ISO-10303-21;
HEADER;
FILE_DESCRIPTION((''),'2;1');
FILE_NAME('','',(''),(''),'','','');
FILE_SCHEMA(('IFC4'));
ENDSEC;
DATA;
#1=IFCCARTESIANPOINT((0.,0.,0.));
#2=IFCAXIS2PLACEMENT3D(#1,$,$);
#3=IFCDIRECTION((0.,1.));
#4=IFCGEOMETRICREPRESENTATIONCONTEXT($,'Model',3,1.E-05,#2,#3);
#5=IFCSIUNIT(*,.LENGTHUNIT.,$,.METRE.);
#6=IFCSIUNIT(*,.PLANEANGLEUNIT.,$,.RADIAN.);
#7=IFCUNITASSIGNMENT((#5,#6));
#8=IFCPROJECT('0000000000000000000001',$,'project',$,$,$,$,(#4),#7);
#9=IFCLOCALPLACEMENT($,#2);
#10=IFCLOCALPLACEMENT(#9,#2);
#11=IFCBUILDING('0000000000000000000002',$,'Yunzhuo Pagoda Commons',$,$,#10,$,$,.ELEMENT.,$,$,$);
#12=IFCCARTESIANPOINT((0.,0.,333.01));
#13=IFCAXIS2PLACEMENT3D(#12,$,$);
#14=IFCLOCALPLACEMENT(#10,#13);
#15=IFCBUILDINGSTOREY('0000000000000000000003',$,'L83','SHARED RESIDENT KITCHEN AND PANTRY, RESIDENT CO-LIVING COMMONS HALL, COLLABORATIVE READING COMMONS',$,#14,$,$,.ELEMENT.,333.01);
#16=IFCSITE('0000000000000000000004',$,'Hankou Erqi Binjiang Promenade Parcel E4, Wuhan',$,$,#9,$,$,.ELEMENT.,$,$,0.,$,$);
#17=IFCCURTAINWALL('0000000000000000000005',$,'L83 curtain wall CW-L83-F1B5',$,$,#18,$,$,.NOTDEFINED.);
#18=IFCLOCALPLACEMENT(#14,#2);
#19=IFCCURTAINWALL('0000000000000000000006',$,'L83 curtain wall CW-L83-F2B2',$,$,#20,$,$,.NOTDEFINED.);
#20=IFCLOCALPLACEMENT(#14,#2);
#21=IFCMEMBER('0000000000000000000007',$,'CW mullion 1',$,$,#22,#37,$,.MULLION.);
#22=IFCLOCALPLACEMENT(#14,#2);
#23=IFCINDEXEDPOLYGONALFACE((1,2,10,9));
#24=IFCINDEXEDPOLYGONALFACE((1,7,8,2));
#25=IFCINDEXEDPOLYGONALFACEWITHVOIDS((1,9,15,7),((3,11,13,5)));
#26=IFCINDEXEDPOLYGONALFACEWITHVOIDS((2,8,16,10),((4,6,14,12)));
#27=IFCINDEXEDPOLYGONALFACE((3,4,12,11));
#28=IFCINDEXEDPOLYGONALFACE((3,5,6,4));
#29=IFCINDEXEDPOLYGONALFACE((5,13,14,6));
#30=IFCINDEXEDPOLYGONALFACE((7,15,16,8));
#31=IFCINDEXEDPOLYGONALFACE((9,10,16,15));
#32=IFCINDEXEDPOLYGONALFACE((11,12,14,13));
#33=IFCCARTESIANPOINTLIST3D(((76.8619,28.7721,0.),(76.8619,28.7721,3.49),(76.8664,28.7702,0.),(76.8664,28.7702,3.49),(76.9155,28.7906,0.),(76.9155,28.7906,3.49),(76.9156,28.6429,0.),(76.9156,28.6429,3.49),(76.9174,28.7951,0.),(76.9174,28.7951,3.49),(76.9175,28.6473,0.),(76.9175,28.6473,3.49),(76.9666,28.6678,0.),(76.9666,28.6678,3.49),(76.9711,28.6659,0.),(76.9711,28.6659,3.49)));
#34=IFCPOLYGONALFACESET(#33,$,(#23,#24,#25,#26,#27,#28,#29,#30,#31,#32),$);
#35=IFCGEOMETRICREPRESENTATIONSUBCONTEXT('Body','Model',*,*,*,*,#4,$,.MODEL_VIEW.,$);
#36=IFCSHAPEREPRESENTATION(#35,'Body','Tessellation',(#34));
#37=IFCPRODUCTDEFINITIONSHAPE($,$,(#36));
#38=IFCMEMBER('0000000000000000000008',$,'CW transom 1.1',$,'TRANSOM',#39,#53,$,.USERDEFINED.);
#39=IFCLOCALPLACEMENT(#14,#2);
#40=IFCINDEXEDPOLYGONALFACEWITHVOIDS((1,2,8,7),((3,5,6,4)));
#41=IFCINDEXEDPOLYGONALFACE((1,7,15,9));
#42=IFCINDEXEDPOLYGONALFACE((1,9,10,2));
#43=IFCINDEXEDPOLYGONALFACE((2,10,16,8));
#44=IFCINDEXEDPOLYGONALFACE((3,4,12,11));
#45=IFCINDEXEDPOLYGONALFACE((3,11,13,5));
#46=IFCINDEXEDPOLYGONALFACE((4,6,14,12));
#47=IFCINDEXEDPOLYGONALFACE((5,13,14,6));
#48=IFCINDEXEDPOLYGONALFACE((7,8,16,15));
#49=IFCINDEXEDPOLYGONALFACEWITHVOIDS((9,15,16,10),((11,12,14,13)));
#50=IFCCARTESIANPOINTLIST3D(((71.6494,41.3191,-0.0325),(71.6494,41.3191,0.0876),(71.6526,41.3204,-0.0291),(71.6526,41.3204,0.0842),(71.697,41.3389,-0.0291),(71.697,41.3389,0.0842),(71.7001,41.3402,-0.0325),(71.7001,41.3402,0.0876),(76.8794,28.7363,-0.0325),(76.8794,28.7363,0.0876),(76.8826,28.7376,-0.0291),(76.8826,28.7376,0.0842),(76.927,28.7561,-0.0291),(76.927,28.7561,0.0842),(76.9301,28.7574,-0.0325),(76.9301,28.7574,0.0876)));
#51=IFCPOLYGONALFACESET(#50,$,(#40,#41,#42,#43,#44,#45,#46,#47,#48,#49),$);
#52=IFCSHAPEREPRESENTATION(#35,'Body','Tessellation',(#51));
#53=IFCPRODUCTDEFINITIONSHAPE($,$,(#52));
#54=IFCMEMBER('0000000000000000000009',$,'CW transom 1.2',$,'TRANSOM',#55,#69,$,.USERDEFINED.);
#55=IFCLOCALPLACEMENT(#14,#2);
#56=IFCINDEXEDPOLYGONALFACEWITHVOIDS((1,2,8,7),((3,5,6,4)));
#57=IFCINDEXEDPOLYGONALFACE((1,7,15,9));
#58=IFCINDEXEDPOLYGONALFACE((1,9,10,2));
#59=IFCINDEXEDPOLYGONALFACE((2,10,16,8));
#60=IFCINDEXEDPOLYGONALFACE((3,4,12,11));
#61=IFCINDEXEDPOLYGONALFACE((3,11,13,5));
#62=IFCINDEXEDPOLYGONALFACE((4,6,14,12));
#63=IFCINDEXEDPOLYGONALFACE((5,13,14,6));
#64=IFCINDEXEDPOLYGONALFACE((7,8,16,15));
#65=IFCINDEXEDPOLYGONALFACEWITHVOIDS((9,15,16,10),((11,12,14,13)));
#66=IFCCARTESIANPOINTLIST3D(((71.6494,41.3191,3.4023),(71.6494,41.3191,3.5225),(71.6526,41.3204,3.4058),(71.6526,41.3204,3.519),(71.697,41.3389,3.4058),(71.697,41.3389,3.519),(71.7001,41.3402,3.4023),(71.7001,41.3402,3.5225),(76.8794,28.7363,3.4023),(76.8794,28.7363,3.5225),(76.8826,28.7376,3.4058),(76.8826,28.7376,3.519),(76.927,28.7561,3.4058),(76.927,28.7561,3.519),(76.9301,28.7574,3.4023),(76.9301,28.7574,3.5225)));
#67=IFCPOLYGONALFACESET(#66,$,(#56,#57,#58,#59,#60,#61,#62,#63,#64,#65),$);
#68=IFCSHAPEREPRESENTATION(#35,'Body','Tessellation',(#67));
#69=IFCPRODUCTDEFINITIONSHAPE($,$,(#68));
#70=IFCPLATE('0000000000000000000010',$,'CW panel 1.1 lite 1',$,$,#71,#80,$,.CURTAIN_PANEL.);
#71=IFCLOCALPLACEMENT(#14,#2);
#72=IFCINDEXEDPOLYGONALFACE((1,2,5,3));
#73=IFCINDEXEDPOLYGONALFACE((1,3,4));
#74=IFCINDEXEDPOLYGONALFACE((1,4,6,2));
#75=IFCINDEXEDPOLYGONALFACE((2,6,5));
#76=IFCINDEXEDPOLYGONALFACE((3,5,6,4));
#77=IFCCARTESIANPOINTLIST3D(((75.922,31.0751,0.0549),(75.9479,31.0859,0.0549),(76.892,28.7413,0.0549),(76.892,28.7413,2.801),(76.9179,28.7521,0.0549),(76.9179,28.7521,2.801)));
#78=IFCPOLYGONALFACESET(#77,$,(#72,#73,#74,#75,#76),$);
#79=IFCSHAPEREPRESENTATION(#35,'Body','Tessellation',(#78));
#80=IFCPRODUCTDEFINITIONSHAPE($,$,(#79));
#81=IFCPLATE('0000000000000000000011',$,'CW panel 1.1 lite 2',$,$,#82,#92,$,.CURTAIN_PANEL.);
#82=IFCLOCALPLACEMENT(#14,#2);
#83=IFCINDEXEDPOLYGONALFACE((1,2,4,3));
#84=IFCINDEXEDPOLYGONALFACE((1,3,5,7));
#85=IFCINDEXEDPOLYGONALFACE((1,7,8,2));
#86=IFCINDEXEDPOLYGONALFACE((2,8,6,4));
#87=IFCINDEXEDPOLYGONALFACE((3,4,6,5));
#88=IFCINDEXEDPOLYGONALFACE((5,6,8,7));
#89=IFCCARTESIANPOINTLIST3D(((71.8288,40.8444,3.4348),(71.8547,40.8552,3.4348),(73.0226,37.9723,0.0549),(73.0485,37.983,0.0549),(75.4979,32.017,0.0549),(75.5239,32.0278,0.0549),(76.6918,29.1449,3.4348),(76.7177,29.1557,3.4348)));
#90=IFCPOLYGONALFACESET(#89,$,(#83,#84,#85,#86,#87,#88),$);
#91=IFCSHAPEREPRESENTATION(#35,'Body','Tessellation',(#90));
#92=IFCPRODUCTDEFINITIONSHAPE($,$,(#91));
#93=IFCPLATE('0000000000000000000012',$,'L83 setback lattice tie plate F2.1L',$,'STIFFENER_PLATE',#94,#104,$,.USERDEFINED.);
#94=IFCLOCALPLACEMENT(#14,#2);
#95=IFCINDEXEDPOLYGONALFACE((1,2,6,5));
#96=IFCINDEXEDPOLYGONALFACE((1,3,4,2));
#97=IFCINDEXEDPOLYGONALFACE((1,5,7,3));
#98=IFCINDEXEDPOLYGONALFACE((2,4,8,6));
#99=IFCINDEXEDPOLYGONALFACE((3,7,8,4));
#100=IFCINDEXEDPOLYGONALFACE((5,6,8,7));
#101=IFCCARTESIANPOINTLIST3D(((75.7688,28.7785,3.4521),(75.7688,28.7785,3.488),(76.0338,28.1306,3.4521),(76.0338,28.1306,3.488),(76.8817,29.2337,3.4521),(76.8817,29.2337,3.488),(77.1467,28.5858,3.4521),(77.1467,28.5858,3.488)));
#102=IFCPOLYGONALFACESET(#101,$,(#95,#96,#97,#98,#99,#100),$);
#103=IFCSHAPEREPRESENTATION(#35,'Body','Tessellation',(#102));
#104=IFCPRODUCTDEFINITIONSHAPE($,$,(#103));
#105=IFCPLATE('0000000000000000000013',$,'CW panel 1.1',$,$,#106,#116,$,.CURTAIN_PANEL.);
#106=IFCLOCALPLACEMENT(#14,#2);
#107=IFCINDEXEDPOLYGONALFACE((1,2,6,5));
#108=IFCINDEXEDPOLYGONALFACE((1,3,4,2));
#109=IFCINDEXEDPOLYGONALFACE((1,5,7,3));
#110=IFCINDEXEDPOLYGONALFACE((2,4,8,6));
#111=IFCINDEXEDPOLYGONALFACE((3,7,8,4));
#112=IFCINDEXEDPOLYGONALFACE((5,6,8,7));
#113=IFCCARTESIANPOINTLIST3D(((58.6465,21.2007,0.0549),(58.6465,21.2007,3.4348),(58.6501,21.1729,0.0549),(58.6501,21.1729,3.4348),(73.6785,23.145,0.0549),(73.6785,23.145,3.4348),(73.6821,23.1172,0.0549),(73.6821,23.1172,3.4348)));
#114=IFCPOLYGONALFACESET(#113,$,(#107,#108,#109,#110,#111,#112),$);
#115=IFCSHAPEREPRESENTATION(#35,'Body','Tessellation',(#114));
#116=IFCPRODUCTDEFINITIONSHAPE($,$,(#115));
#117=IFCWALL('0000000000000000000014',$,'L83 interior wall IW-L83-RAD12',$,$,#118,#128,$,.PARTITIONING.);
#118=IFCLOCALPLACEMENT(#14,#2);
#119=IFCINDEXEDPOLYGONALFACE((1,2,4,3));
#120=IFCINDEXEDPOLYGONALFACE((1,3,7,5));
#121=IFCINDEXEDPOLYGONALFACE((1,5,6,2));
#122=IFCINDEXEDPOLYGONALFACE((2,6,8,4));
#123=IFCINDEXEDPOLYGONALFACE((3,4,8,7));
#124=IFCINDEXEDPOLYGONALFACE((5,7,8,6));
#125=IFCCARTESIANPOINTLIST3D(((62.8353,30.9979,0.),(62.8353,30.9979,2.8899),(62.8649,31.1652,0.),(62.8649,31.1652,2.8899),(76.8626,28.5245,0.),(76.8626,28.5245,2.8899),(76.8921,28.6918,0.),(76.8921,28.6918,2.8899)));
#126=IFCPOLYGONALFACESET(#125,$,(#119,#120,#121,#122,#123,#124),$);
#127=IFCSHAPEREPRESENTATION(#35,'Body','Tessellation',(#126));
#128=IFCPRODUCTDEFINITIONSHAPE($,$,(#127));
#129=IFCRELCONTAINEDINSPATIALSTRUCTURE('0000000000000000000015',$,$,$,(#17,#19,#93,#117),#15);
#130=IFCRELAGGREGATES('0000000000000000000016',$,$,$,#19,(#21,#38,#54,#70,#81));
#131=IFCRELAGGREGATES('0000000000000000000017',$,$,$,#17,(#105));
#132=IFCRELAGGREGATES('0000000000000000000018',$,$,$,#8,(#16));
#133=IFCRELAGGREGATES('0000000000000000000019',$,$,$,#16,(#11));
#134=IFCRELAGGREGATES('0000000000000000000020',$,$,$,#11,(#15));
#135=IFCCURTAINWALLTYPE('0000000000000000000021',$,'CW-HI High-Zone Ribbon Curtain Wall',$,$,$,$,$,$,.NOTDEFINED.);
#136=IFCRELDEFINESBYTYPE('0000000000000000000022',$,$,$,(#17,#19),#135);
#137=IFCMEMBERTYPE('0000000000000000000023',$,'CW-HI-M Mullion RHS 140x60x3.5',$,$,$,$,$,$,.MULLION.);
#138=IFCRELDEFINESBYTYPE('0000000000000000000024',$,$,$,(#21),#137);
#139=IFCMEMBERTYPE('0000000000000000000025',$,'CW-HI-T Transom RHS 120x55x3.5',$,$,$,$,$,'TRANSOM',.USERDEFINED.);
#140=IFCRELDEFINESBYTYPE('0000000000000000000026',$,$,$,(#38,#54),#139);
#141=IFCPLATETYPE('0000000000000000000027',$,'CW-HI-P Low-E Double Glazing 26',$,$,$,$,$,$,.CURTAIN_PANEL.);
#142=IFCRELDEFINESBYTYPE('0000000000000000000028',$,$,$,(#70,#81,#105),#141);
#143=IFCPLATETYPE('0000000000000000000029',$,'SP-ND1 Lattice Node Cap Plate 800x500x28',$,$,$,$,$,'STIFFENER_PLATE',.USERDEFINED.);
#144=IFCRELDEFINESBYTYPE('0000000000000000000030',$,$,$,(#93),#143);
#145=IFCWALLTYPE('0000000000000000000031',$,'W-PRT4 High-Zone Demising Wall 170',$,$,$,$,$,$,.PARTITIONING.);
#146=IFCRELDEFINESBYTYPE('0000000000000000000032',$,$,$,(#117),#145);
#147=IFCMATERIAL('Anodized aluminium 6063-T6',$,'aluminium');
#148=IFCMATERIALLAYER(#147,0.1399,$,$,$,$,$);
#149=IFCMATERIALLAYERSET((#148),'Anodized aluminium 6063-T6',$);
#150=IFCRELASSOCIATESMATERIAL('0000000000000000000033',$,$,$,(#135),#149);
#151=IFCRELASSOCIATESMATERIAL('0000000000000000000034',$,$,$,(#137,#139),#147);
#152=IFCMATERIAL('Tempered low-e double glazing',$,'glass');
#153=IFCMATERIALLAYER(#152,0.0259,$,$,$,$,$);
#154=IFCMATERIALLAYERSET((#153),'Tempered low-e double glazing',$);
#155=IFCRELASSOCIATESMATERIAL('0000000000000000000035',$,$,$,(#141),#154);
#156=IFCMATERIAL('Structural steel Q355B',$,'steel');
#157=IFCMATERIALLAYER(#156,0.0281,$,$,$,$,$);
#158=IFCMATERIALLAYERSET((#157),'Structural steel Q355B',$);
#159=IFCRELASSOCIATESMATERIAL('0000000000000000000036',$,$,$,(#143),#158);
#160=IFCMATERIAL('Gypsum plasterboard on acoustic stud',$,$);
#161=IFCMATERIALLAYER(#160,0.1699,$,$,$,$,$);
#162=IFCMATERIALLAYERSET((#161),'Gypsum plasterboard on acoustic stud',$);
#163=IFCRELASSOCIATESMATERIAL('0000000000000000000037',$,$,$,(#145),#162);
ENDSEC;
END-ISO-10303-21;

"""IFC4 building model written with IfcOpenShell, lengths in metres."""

from ifc_helpers import new_model, si_unit, direction, frame, frame_2d, origin, origin_2d, place, context, subcontext, project, spatial, polyline, rectangle, hollow_rectangle, outline, extrude, source, transform, mapped, material, layer, layer_set, material_profile, profile_set, type_object, element, aggregate, save


model = new_model("IFC4")

# Units and contexts
model_context = context("Model", 3, precision=1e-05, world=origin(), true_north=direction((0.0, 1.0)))
body_context = subcontext(model_context, "Body", "Model", "MODEL_VIEW")
ifc_project = project(units=[si_unit("LENGTHUNIT", "METRE"), si_unit("PLANEANGLEUNIT", "RADIAN")], contexts=[model_context])

# Site, building, storey
site_placement = place(None, origin())
site = spatial("IfcSite", under=ifc_project, at=site_placement, Name="Hankou Erqi Binjiang Promenade Parcel E4, Wuhan", CompositionType="ELEMENT", RefElevation=0.0)
building_placement = place(site_placement, origin())
building = spatial("IfcBuilding", under=site, at=building_placement, Name="Yunzhuo Pagoda Commons", CompositionType="ELEMENT")
storey_placement = place(building_placement, frame((0.0, 0.0, 333.01)))
storey = spatial("IfcBuildingStorey", under=building, at=storey_placement, Name="L83", Description="SHARED RESIDENT KITCHEN AND PANTRY, RESIDENT CO-LIVING COMMONS HALL, COLLABORATIVE READING COMMONS", CompositionType="ELEMENT", Elevation=333.01)

# Shared definitions
ifc_material_1 = material(Name="Structural steel Q355B", Category="steel")

# Curtain wall
ifc_material_2 = material(Name="Anodized aluminium 6063-T6", Category="aluminium")
ifc_layer_1 = layer(ifc_material_2, 0.1399)
ifc_layer_set_1 = layer_set([ifc_layer_1], Name="Anodized aluminium 6063-T6")
curtain_wall_type = type_object("IfcCurtainWallType", Name="CW-HI High-Zone Ribbon Curtain Wall", PredefinedType="NOTDEFINED", material=ifc_layer_set_1)
curtain_wall_1_placement = place(storey_placement, origin())
curtain_wall_1 = element("IfcCurtainWall", 1, at=curtain_wall_1_placement, inside=storey, type_object=curtain_wall_type, Name="L83 curtain wall CW-L83-F1B5", PredefinedType="NOTDEFINED")
ifc_material_profile_1 = material_profile(ifc_material_2, hollow_rectangle(XDim=0.0601, YDim=0.1399, WallThickness=0.0034, at=origin_2d()), Name="Anodized aluminium 6063-T6")
ifc_profile_set_1 = profile_set([ifc_material_profile_1], Name="Anodized aluminium 6063-T6")
member_type_1 = type_object("IfcMemberType", Name="CW-HI-M Mullion RHS 140x60x3.5", PredefinedType="MULLION", material=ifc_profile_set_1)
shared_shape_1 = source(origin(), body_context, "Body", "SweptSolid", [
    extrude(hollow_rectangle(XDim=0.0601, YDim=0.1399, WallThickness=0.0034, at=origin_2d()), origin(), (0.0, 0.0, 1.0), 3.49),
])

# Curtain wall, members, plates
curtain_wall_2_placement = place(storey_placement, origin())
curtain_wall_2 = element("IfcCurtainWall", 2, at=curtain_wall_2_placement, inside=storey, type_object=curtain_wall_type, Name="L83 curtain wall CW-L83-F2B2", PredefinedType="NOTDEFINED")
member_1_placement = place(storey_placement, frame((76.9165, 28.719, 0.0), z_axis=(0.0, 0.0, 1.0), x_axis=(-0.923407, -0.383822, 0.0)))
member_1 = element("IfcMember", 3, at=member_1_placement, type_object=member_type_1, Name="CW mullion 1", PredefinedType="MULLION", context=body_context, shape_type="MappedRepresentation", body=[
    mapped(shared_shape_1, transform((0.0, 0.0, 0.0), scale=1.0)),
])
ifc_material_profile_2 = material_profile(ifc_material_2, hollow_rectangle(XDim=0.0549, YDim=0.1201, WallThickness=0.0034, at=origin_2d()), Name="Anodized aluminium 6063-T6")
ifc_profile_set_2 = profile_set([ifc_material_profile_2], Name="Anodized aluminium 6063-T6")
member_type_2 = type_object("IfcMemberType", Name="CW-HI-T Transom RHS 120x55x3.5", ElementType="TRANSOM", PredefinedType="USERDEFINED", material=ifc_profile_set_2)
shared_shape_2 = source(origin(), body_context, "Body", "SweptSolid", [
    extrude(hollow_rectangle(XDim=0.0549, YDim=0.1201, WallThickness=0.0034, at=origin_2d()), origin(), (0.0, 0.0, 1.0), 13.6265),
])
member_2_placement = place(storey_placement, frame((76.9048, 28.7468, 0.0276), z_axis=(-0.383812, 0.923411, 0.0), x_axis=(-0.923411, -0.383812, 0.0)))
member_2 = element("IfcMember", 4, at=member_2_placement, type_object=member_type_2, Name="CW transom 1.1", ObjectType="TRANSOM", PredefinedType="USERDEFINED", context=body_context, shape_type="MappedRepresentation", body=[
    mapped(shared_shape_2, transform((0.0, 0.0, 0.0), scale=1.0)),
])
member_3_placement = place(storey_placement, frame((76.9048, 28.7468, 3.4624), z_axis=(-0.383812, 0.923411, 0.0), x_axis=(-0.923411, -0.383812, 0.0)))
member_3 = element("IfcMember", 5, at=member_3_placement, type_object=member_type_2, Name="CW transom 1.2", ObjectType="TRANSOM", PredefinedType="USERDEFINED", context=body_context, shape_type="MappedRepresentation", body=[
    mapped(shared_shape_2, transform((0.0, 0.0, 0.0), scale=1.0)),
])
ifc_material_3 = material(Name="Tempered low-e double glazing", Category="glass")
ifc_layer_2 = layer(ifc_material_3, 0.0259)
ifc_layer_set_2 = layer_set([ifc_layer_2], Name="Tempered low-e double glazing")
plate_type_1 = type_object("IfcPlateType", Name="CW-HI-P Low-E Double Glazing 26", PredefinedType="CURTAIN_PANEL", material=ifc_layer_set_2)
plate_1_placement = place(storey_placement, frame((76.407, 29.9082, 1.428), z_axis=(0.923407, 0.383822, 0.0), x_axis=(-0.383822, 0.923407, 0.0)))
plate_1 = element("IfcPlate", 6, at=plate_1_placement, type_object=plate_type_1, Name="CW panel 1.1 lite 1", PredefinedType="CURTAIN_PANEL", context=body_context, shape_type="SweptSolid", body=[
    extrude(outline(polyline([(-1.2637, -1.373), (1.2637, -1.373), (-1.2637, 1.373), (-1.2637, -1.373)])), origin(), (0.0, 0.0, 1.0), 0.0281),
])
plate_2_placement = place(storey_placement, frame((74.2603, 34.9946, 1.7449), z_axis=(0.923407, 0.383822, 0.0), x_axis=(-0.383822, 0.923407, 0.0)))
plate_2 = element("IfcPlate", 7, at=plate_2_placement, type_object=plate_type_1, Name="CW panel 1.1 lite 2", PredefinedType="CURTAIN_PANEL", context=body_context, shape_type="SweptSolid", body=[
    extrude(outline(polyline([(-6.335, 1.6899), (-3.2246, -1.6899), (3.2246, -1.6899), (6.335, 1.6899), (-6.335, 1.6899)])), origin(), (0.0, 0.0, 1.0), 0.0281),
])
aggregate(curtain_wall_2, [member_1, member_2, member_3, plate_1, plate_2])

# Plates
ifc_layer_3 = layer(ifc_material_1, 0.0281)
ifc_layer_set_3 = layer_set([ifc_layer_3], Name="Structural steel Q355B")
plate_type_2 = type_object("IfcPlateType", Name="SP-ND1 Lattice Node Cap Plate 800x500x28", ElementType="STIFFENER_PLATE", PredefinedType="USERDEFINED", material=ifc_layer_set_3)
shared_shape_3 = source(origin(), body_context, "Body", "SweptSolid", [
    extrude(rectangle(XDim=0.7, YDim=1.2024, at=origin_2d()), origin(), (0.0, 0.0, 1.0), 0.0359),
])
plate_3_placement = place(storey_placement, frame((76.4578, 28.6821, 3.4521), z_axis=(0.0, 0.0, 1.0), x_axis=(-0.378568, 0.925574, 0.0)))
element("IfcPlate", 8, at=plate_3_placement, inside=storey, type_object=plate_type_2, Name="L83 setback lattice tie plate F2.1L", ObjectType="STIFFENER_PLATE", PredefinedType="USERDEFINED", context=body_context, shape_type="MappedRepresentation", body=[
    mapped(shared_shape_3, transform((0.0, 0.0, 0.0), scale=1.0)),
])
shared_shape_4 = source(origin(), body_context, "Body", "SweptSolid", [
    extrude(rectangle(XDim=15.1572, YDim=0.0281, at=origin_2d()), origin(), (0.0, 0.0, 1.0), 3.3799),
])
plate_4_placement = place(storey_placement, frame((66.1643, 22.1589, 0.0549), z_axis=(0.0, 0.0, 1.0), x_axis=(0.991739, 0.128276, 0.0)))
plate_4 = element("IfcPlate", 9, at=plate_4_placement, type_object=plate_type_1, Name="CW panel 1.1", PredefinedType="CURTAIN_PANEL", context=body_context, shape_type="MappedRepresentation", body=[
    mapped(shared_shape_4, transform((0.0, 0.0, 0.0), scale=1.0)),
])
aggregate(curtain_wall_1, [plate_4])

# Wall
ifc_material_4 = material(Name="Gypsum plasterboard on acoustic stud")
ifc_layer_4 = layer(ifc_material_4, 0.1699)
ifc_layer_set_4 = layer_set([ifc_layer_4], Name="Gypsum plasterboard on acoustic stud")
wall_type_1 = type_object("IfcWallType", Name="W-PRT4 High-Zone Demising Wall 170", PredefinedType="PARTITIONING", material=ifc_layer_set_4)
wall_1_placement = place(storey_placement, frame((62.8501, 31.0815, 0.0), z_axis=(0.0, 0.0, 1.0), x_axis=(0.984808, -0.173647, 0.0)))
element("IfcWall", 10, at=wall_1_placement, inside=storey, type_object=wall_type_1, Name="L83 interior wall IW-L83-RAD12", PredefinedType="PARTITIONING", context=body_context, shape_type="SweptSolid", body=[
    extrude(rectangle(XDim=14.2437, YDim=0.1699, at=frame_2d((7.1218, 0.0))), origin(), (0.0, 0.0, 1.0), 2.8899),
])

save(model, "model.ifc")
